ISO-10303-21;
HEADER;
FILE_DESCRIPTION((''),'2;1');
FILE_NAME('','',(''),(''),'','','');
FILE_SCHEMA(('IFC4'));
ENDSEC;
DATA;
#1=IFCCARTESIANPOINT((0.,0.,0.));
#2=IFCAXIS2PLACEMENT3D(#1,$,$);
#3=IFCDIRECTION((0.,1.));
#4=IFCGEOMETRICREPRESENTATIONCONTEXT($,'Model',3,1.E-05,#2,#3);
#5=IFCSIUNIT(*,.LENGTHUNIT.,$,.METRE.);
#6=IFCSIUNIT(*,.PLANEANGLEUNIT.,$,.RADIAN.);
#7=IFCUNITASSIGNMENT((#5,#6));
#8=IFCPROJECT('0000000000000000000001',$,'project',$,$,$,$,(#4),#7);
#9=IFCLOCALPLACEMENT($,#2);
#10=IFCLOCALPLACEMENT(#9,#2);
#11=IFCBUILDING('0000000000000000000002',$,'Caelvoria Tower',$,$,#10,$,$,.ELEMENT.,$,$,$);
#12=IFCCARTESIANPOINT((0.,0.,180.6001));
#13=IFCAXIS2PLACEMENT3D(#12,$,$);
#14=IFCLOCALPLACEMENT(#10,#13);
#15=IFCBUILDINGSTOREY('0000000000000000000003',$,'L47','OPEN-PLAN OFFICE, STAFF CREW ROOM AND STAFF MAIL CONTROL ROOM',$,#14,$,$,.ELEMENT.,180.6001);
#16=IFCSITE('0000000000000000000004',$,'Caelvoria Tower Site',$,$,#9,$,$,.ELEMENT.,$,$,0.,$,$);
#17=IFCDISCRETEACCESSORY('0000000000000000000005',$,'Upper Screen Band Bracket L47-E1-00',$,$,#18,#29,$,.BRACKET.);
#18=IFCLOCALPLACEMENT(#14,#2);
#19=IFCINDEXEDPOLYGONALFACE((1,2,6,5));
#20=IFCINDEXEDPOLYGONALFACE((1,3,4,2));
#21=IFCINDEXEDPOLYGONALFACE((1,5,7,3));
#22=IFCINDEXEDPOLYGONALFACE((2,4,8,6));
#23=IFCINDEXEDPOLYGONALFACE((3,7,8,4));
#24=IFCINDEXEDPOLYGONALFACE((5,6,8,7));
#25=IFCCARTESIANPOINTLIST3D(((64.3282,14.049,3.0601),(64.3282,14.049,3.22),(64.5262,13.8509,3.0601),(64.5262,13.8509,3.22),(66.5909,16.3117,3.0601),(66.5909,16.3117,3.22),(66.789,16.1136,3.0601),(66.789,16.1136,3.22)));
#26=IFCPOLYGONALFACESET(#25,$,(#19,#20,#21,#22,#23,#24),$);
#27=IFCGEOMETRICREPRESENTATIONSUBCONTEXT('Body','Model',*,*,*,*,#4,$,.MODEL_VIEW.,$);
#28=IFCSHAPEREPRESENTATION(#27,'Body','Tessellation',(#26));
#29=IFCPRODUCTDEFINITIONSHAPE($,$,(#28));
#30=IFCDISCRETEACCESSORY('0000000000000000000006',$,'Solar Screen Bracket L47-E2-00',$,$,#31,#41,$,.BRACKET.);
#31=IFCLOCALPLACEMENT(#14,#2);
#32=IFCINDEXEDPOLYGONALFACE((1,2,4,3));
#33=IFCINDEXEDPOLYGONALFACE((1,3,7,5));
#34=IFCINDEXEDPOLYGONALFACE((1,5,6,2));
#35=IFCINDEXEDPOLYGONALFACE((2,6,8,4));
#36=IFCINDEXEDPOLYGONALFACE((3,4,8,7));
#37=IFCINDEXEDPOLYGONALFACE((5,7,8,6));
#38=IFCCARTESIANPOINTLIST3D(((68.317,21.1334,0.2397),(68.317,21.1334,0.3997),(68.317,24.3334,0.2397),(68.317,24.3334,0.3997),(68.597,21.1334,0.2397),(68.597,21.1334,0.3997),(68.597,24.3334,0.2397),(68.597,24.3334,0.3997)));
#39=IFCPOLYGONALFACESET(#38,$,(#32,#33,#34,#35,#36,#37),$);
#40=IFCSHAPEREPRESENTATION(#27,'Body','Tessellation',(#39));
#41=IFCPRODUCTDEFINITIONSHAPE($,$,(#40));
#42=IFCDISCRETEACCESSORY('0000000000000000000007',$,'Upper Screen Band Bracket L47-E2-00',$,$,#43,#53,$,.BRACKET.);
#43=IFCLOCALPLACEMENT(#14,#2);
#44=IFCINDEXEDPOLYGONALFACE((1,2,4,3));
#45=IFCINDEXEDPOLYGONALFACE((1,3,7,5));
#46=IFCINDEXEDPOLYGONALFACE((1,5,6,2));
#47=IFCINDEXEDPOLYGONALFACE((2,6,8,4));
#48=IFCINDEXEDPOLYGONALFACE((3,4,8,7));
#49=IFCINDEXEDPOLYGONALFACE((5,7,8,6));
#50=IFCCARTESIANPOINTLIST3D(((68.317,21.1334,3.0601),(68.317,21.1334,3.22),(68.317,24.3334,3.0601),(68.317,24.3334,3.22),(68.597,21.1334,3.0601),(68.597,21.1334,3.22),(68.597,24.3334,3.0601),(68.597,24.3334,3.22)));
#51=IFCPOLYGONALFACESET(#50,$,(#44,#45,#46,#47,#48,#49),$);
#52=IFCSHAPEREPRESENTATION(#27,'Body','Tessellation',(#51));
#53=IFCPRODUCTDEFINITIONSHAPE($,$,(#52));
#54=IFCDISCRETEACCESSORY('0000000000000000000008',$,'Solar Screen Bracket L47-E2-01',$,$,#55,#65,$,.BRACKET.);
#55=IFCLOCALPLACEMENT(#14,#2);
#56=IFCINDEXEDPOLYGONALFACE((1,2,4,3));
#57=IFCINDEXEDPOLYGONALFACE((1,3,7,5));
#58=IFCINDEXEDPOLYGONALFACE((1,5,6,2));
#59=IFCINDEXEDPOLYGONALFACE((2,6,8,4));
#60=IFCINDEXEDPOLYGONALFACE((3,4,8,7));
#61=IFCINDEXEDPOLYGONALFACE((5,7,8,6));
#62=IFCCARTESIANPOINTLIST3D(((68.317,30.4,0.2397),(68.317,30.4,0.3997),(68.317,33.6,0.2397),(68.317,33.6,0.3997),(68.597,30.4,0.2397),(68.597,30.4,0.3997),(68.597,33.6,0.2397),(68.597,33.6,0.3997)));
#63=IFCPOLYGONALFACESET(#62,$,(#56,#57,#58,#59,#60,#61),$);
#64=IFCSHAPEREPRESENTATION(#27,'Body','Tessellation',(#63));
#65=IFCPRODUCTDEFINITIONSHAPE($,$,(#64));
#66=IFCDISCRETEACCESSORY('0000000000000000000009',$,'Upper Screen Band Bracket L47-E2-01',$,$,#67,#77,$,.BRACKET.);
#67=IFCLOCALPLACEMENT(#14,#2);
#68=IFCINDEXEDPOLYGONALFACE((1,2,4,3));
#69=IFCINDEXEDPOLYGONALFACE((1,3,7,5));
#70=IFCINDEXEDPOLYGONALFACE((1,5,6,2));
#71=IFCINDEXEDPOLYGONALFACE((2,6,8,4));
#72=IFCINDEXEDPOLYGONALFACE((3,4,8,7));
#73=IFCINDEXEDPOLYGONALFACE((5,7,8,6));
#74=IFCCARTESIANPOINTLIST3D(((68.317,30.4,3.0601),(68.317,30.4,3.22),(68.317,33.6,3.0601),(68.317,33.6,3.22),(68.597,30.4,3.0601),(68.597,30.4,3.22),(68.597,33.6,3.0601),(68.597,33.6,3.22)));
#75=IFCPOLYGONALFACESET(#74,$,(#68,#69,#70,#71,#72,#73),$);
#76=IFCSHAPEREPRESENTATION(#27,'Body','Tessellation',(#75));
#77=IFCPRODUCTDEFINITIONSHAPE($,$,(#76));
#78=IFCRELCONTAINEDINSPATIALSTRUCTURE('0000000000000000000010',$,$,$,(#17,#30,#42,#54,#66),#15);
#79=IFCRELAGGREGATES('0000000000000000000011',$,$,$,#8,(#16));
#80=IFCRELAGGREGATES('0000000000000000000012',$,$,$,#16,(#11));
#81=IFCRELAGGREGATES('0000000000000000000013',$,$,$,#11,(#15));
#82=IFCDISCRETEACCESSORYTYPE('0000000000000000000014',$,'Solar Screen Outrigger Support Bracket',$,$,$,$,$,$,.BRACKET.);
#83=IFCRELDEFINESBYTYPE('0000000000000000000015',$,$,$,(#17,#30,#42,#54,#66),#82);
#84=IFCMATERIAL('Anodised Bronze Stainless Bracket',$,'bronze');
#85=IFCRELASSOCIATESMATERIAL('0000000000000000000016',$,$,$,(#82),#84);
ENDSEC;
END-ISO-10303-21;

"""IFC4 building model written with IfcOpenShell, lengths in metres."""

from ifc_helpers import new_model, si_unit, direction, frame, origin, origin_2d, place, context, subcontext, project, spatial, rectangle, extrude, material, type_object, element, save


model = new_model("IFC4")

# Units and contexts
model_context = context("Model", 3, precision=1e-05, world=origin(), true_north=direction((0.0, 1.0)))
body_context = subcontext(model_context, "Body", "Model", "MODEL_VIEW")
ifc_project = project(units=[si_unit("LENGTHUNIT", "METRE"), si_unit("PLANEANGLEUNIT", "RADIAN")], contexts=[model_context])

# Site, building, storey
site_placement = place(None, origin())
site = spatial("IfcSite", under=ifc_project, at=site_placement, Name="Caelvoria Tower Site", CompositionType="ELEMENT", RefElevation=0.0)
building_placement = place(site_placement, origin())
building = spatial("IfcBuilding", under=site, at=building_placement, Name="Caelvoria Tower", CompositionType="ELEMENT")
storey_placement = place(building_placement, frame((0.0, 0.0, 180.6001)))
storey = spatial("IfcBuildingStorey", under=building, at=storey_placement, Name="L47", Description="OPEN-PLAN OFFICE, STAFF CREW ROOM AND STAFF MAIL CONTROL ROOM", CompositionType="ELEMENT", Elevation=180.6001)

# Discrete accessories
ifc_material_1 = material(Name="Anodised Bronze Stainless Bracket", Category="bronze")
discrete_accessory_type = type_object("IfcDiscreteAccessoryType", Name="Solar Screen Outrigger Support Bracket", PredefinedType="BRACKET", material=ifc_material_1)
for number, where, z_axis, x_axis, name in (
    (1, (65.5586, 15.0813, 3.0601), (0.0, 0.0, 1.0), (0.707107, 0.707107, 0.0), "Upper Screen Band Bracket L47-E1-00"),
    (2, (68.457, 22.7334, 0.2397), (0.0, 0.0, 1.0), (0.0, 1.0, 0.0), "Solar Screen Bracket L47-E2-00"),
    (3, (68.457, 22.7334, 3.0601), (0.0, 0.0, 1.0), (0.0, 1.0, 0.0), "Upper Screen Band Bracket L47-E2-00"),
    (4, (68.457, 32.0, 0.2397), (0.0, 0.0, 1.0), (0.0, 1.0, 0.0), "Solar Screen Bracket L47-E2-01"),
    (5, (68.457, 32.0, 3.0601), (0.0, 0.0, 1.0), (0.0, 1.0, 0.0), "Upper Screen Band Bracket L47-E2-01"),
):
    element("IfcDiscreteAccessory", number, at=place(storey_placement, frame(where, z_axis=z_axis, x_axis=x_axis)), inside=storey, type_object=discrete_accessory_type, Name=name, PredefinedType="BRACKET", context=body_context, shape_type="SweptSolid", body=[
        extrude(rectangle(XDim=3.2, YDim=0.28, at=origin_2d()), origin(), (0.0, 0.0, 1.0), 0.1599),
    ])

save(model, "model.ifc")
